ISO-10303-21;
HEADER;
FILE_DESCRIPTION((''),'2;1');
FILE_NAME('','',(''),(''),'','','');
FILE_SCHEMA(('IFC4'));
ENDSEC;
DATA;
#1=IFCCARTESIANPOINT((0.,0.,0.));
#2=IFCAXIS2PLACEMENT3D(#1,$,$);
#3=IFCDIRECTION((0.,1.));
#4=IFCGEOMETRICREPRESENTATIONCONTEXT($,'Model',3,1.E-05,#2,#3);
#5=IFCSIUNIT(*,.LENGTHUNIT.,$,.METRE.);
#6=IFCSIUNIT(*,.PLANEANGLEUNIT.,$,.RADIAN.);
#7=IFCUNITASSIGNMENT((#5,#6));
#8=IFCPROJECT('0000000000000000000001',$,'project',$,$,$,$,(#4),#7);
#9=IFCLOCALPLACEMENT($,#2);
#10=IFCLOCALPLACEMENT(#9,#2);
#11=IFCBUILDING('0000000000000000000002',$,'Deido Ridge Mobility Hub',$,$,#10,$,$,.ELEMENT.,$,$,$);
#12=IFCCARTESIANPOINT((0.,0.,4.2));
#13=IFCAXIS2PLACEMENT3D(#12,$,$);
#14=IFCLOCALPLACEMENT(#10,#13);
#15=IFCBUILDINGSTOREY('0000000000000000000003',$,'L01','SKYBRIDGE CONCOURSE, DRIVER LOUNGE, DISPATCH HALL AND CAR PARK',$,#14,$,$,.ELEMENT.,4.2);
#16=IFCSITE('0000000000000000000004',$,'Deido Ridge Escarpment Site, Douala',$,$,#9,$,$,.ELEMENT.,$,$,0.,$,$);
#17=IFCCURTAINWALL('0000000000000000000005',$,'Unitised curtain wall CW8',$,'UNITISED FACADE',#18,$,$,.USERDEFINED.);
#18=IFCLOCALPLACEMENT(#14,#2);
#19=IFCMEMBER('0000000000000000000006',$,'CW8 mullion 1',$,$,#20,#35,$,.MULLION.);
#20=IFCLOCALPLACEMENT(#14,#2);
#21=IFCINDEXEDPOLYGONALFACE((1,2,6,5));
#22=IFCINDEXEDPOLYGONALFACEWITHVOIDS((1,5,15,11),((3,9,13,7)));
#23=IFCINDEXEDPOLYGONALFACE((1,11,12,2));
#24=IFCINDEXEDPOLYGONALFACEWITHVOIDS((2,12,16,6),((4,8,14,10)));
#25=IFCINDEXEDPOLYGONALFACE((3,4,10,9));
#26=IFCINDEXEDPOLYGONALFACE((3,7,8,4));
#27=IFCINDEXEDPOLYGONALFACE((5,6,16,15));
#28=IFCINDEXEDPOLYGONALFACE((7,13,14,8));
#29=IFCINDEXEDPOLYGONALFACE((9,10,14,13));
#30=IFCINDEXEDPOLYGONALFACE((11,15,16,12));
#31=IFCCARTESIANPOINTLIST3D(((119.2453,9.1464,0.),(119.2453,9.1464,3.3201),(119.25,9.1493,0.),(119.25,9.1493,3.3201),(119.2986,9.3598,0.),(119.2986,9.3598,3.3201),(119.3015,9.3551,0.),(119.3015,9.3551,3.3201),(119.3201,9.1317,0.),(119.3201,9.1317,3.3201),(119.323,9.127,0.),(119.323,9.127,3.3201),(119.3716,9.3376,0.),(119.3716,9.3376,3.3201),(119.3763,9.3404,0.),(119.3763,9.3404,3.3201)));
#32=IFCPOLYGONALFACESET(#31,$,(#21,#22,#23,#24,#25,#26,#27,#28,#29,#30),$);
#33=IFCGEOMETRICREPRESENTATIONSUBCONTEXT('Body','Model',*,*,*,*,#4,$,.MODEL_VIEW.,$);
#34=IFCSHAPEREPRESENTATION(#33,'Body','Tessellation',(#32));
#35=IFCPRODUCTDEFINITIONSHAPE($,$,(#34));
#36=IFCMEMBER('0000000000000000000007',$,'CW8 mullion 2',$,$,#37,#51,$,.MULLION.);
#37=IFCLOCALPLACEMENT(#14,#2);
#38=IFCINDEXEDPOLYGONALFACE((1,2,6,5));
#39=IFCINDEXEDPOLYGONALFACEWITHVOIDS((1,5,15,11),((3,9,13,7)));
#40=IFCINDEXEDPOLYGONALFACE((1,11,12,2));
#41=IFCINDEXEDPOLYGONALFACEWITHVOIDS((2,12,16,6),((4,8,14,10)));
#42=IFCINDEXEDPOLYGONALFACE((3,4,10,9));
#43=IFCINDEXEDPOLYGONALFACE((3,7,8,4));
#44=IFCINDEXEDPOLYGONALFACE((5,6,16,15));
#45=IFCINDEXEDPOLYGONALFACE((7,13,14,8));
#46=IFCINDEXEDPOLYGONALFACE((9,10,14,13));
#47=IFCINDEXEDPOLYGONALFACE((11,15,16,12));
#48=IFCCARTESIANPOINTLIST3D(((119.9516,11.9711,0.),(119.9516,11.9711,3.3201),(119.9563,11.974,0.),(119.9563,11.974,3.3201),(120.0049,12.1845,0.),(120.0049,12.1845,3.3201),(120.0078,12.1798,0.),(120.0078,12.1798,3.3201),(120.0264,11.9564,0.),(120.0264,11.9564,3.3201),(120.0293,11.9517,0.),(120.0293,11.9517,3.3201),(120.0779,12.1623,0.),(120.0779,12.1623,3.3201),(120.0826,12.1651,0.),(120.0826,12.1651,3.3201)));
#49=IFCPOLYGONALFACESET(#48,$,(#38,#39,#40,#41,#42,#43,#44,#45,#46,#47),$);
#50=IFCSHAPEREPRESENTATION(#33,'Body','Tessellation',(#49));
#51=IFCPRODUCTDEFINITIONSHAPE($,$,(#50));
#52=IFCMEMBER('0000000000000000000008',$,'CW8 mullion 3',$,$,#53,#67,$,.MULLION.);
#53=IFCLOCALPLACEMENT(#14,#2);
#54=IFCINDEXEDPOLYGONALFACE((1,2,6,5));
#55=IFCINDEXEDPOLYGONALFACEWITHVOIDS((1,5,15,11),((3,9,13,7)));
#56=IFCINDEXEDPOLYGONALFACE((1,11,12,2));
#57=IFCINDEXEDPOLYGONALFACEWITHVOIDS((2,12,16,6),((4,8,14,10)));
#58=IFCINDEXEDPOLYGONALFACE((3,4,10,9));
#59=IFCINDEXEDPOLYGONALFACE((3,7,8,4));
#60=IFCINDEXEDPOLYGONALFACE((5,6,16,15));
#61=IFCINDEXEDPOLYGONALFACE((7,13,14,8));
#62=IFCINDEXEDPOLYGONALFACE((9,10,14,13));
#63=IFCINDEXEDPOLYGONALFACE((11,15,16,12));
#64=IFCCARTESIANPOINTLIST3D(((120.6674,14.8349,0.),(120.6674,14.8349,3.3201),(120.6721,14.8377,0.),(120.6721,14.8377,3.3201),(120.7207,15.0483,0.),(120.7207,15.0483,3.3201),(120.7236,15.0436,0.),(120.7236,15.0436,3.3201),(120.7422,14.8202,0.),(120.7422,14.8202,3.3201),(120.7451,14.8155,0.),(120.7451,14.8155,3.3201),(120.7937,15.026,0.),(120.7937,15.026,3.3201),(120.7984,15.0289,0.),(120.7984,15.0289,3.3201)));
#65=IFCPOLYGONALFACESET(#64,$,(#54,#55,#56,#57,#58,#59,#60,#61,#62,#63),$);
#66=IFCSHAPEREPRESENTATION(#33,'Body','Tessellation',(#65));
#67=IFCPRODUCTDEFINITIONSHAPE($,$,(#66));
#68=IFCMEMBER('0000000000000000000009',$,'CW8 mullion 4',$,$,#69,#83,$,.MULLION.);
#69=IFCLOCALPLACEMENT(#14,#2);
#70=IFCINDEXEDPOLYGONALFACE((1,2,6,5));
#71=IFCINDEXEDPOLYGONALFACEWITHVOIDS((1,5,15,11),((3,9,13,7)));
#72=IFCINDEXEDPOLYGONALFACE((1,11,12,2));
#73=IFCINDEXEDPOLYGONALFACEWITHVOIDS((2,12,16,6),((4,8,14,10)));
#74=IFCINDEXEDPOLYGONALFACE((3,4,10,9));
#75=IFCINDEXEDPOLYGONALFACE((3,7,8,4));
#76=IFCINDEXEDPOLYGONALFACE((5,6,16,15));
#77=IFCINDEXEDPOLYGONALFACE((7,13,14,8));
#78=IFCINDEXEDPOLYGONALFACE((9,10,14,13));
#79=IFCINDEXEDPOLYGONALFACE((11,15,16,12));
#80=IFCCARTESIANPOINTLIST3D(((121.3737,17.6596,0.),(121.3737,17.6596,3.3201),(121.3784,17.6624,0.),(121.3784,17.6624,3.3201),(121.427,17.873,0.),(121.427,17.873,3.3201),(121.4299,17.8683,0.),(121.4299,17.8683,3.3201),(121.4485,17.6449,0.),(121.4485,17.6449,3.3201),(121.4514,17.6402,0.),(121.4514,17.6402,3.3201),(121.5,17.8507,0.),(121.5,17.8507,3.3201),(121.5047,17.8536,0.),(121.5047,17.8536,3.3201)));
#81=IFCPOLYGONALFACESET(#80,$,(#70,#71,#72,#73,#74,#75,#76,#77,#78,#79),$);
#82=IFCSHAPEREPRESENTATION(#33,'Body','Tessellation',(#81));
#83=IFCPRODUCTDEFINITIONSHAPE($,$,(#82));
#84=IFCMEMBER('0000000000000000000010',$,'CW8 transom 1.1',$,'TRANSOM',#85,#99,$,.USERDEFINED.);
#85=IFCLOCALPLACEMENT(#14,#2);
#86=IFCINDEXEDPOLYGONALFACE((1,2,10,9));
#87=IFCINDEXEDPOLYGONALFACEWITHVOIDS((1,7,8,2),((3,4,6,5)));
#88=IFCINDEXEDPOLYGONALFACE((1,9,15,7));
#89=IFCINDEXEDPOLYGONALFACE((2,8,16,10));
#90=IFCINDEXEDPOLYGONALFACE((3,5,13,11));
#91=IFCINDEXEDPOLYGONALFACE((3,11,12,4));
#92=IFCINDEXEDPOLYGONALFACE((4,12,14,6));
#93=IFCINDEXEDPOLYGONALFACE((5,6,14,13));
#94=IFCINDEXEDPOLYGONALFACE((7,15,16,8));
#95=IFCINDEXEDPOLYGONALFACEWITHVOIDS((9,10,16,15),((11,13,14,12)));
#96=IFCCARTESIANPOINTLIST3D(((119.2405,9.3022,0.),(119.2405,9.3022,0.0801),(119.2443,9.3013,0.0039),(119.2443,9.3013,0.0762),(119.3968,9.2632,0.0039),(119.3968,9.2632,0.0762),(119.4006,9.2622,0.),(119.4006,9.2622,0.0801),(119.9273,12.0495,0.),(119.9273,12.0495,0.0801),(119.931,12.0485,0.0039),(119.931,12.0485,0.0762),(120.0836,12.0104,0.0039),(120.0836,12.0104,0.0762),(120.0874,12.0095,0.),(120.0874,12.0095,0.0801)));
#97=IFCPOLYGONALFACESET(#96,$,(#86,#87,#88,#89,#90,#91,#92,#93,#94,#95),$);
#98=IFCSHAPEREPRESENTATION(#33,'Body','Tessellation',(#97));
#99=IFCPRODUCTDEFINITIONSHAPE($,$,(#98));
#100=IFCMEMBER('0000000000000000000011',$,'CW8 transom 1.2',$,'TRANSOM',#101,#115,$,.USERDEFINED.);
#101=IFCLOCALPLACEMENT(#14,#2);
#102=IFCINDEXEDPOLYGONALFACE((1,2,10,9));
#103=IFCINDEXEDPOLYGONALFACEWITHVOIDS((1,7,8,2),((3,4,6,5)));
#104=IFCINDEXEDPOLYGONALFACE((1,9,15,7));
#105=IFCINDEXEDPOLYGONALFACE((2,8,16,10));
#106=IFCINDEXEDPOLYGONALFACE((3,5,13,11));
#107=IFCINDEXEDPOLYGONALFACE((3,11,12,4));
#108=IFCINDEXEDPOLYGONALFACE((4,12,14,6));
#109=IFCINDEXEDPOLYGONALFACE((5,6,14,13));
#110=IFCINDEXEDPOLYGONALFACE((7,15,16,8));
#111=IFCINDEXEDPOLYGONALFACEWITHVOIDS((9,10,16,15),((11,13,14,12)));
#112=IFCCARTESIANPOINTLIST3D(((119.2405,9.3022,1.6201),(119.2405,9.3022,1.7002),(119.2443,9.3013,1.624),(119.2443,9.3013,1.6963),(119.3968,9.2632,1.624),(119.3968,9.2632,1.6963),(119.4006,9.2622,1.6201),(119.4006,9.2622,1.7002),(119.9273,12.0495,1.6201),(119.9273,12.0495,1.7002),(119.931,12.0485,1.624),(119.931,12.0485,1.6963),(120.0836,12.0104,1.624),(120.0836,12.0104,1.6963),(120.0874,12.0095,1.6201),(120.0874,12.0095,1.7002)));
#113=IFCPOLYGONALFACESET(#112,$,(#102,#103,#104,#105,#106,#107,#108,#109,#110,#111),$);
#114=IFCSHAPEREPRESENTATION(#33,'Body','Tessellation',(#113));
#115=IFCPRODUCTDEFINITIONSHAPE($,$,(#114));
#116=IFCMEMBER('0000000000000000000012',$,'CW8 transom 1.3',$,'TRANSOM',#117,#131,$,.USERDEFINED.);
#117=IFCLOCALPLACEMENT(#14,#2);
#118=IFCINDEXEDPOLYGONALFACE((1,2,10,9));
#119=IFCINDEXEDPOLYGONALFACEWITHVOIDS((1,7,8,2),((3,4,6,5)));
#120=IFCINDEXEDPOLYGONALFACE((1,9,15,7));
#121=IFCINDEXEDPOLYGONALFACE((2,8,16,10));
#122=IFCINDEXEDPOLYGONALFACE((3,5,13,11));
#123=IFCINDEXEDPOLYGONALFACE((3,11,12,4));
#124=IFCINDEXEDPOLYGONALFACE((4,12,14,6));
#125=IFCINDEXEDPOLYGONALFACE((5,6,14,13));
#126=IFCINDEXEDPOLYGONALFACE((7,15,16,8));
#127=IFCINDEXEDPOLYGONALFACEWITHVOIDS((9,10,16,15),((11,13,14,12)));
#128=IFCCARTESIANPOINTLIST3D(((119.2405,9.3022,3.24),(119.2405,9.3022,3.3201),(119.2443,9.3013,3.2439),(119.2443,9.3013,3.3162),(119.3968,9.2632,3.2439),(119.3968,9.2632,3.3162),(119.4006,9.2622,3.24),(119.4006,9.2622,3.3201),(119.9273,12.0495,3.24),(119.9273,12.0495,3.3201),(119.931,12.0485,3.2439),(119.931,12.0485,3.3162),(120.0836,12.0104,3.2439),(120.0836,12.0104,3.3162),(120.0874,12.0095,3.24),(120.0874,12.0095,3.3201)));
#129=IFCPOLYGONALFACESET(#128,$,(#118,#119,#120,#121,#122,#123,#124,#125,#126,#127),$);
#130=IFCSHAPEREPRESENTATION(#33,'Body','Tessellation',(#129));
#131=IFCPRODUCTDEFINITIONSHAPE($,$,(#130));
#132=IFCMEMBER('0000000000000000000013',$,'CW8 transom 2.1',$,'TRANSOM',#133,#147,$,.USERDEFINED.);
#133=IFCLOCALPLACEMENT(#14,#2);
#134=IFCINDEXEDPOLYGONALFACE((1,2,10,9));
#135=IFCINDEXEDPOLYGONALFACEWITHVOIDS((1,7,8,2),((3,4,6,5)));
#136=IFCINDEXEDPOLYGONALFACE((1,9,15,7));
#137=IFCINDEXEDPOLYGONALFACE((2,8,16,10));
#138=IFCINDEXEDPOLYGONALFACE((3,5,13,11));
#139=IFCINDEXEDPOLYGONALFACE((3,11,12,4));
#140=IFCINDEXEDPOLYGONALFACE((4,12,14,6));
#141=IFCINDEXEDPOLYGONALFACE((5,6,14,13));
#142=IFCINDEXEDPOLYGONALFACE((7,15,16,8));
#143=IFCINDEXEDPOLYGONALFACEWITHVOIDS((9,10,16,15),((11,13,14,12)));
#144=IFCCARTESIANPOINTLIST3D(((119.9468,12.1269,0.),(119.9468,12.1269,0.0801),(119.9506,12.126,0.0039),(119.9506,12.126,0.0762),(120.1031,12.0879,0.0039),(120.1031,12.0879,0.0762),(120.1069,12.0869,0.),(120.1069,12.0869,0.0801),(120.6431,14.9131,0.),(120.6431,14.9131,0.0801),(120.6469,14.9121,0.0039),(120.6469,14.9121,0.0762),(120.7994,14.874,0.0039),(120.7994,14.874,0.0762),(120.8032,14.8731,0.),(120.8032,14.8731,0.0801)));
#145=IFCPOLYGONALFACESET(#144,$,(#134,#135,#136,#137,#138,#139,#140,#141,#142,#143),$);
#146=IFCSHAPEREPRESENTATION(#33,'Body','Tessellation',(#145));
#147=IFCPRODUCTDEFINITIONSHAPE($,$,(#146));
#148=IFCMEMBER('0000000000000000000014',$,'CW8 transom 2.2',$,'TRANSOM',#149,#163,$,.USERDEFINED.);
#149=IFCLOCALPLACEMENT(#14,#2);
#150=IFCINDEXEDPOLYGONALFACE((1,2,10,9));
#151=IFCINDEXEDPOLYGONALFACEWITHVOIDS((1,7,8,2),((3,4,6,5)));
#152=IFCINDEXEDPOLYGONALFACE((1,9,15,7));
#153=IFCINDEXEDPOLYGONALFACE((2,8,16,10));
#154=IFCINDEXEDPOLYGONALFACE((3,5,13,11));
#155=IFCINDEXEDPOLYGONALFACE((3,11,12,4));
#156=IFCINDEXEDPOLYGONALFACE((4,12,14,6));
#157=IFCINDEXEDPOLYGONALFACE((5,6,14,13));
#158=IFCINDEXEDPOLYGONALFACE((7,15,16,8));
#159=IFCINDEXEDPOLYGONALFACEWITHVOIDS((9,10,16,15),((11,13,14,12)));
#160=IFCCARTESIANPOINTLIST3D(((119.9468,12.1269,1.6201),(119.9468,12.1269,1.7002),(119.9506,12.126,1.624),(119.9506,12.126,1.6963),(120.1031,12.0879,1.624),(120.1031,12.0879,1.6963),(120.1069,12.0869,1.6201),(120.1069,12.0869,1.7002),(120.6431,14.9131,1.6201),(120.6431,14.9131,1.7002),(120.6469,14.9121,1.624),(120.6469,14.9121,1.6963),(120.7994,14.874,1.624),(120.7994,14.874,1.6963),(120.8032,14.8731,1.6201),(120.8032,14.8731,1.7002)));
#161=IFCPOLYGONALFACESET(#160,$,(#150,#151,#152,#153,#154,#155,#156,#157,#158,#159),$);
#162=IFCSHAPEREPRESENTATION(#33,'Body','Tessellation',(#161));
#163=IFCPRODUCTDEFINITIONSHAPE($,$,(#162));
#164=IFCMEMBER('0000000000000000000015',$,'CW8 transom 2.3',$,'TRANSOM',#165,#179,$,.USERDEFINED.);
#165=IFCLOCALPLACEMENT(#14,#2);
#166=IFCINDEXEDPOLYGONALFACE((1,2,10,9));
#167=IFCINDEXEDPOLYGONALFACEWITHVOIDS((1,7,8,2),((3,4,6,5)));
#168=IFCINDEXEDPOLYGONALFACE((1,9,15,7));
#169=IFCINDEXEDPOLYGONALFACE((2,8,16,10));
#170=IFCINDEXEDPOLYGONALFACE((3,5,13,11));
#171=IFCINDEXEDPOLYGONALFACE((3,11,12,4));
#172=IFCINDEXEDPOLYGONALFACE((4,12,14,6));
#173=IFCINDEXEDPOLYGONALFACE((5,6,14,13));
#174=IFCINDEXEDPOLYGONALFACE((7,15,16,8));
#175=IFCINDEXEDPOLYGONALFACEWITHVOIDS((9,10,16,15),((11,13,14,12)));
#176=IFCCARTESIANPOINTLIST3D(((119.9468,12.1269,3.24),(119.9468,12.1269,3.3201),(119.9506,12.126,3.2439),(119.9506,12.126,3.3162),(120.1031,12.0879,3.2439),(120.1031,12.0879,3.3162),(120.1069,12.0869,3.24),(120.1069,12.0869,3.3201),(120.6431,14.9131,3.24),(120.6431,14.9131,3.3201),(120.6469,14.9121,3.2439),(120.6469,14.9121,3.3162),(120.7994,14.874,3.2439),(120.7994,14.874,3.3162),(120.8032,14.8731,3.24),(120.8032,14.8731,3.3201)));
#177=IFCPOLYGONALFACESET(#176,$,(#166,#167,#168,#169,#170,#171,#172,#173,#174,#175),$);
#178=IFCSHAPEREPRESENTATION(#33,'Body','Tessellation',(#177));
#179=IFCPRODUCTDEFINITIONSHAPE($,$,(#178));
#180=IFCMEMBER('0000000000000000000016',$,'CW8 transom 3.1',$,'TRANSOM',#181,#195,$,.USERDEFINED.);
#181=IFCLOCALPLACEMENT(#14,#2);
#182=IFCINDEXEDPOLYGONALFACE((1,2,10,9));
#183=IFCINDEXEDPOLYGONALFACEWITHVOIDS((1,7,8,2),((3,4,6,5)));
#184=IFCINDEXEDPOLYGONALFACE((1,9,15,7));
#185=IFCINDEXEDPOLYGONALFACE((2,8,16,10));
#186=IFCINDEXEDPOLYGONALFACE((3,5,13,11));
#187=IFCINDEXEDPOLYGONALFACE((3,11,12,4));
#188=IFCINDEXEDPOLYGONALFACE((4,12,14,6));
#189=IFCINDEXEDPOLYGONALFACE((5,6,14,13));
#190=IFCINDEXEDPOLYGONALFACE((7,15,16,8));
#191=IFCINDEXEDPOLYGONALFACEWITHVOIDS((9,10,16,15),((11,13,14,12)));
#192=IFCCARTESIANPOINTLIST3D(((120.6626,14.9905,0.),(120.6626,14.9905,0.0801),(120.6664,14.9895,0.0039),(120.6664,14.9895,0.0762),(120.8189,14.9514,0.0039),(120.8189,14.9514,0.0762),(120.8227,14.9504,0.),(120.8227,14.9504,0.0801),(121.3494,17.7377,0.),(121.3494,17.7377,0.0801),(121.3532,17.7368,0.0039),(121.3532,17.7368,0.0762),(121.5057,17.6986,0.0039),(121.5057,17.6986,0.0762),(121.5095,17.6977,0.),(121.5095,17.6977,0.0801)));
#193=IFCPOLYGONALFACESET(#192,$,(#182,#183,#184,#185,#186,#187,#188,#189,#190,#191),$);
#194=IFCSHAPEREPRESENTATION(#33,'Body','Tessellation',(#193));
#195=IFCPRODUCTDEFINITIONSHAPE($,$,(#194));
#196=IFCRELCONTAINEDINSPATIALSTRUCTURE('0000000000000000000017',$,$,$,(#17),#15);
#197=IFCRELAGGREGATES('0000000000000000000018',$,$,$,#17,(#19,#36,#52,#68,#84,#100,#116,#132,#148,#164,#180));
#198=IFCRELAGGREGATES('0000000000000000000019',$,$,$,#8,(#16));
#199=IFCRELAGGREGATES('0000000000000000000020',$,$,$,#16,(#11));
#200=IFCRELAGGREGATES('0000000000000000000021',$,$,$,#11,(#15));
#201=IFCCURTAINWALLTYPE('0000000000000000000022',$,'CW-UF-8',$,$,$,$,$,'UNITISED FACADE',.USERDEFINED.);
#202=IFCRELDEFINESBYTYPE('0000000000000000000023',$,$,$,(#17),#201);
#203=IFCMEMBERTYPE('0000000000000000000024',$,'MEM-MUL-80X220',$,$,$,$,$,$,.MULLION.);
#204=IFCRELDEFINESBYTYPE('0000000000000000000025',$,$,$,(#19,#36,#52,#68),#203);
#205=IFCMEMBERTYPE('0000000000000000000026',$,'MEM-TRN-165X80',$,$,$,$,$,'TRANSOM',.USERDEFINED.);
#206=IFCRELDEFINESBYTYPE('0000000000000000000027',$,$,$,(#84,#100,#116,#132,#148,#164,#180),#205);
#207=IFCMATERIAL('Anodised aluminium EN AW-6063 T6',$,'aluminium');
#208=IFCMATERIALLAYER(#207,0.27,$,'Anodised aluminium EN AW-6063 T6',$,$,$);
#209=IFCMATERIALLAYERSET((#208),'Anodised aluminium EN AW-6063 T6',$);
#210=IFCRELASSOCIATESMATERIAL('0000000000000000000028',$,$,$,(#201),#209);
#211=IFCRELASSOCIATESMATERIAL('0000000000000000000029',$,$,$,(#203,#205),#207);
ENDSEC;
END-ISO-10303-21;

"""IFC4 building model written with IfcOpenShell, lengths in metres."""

from ifc_helpers import new_model, si_unit, direction, frame, origin, origin_2d, place, context, subcontext, project, spatial, hollow_rectangle, extrude, material, layer, layer_set, material_profile, profile_set, type_object, element, aggregate, save


model = new_model("IFC4")

# Units and contexts
model_context = context("Model", 3, precision=1e-05, world=origin(), true_north=direction((0.0, 1.0)))
body_context = subcontext(model_context, "Body", "Model", "MODEL_VIEW")
ifc_project = project(units=[si_unit("LENGTHUNIT", "METRE"), si_unit("PLANEANGLEUNIT", "RADIAN")], contexts=[model_context])

# Site, building, storey
site_placement = place(None, origin())
site = spatial("IfcSite", under=ifc_project, at=site_placement, Name="Deido Ridge Escarpment Site, Douala", CompositionType="ELEMENT", RefElevation=0.0)
building_placement = place(site_placement, origin())
building = spatial("IfcBuilding", under=site, at=building_placement, Name="Deido Ridge Mobility Hub", CompositionType="ELEMENT")
storey_placement = place(building_placement, frame((0.0, 0.0, 4.2)))
storey = spatial("IfcBuildingStorey", under=building, at=storey_placement, Name="L01", Description="SKYBRIDGE CONCOURSE, DRIVER LOUNGE, DISPATCH HALL AND CAR PARK", CompositionType="ELEMENT", Elevation=4.2)

# Curtain wall, members
ifc_material_1 = material(Name="Anodised aluminium EN AW-6063 T6", Category="aluminium")
ifc_layer_1 = layer(ifc_material_1, 0.27, Name="Anodised aluminium EN AW-6063 T6")
ifc_layer_set_1 = layer_set([ifc_layer_1], Name="Anodised aluminium EN AW-6063 T6")
curtain_wall_type = type_object("IfcCurtainWallType", Name="CW-UF-8", ElementType="UNITISED FACADE", PredefinedType="USERDEFINED", material=ifc_layer_set_1)
curtain_wall_placement = place(storey_placement, origin())
curtain_wall = element("IfcCurtainWall", 1, at=curtain_wall_placement, inside=storey, type_object=curtain_wall_type, Name="Unitised curtain wall CW8", ObjectType="UNITISED FACADE", PredefinedType="USERDEFINED")
ifc_material_profile_1 = material_profile(ifc_material_1, hollow_rectangle(XDim=0.0801, YDim=0.22, WallThickness=0.0039, at=origin_2d()), Name="RHS 80x220x4")
ifc_profile_set_1 = profile_set([ifc_material_profile_1], Name="Anodised aluminium EN AW-6063 T6")
member_type_1 = type_object("IfcMemberType", Name="MEM-MUL-80X220", PredefinedType="MULLION", material=ifc_profile_set_1)
member_1_placement = place(storey_placement, frame((119.3108, 9.2434, 0.0), z_axis=(0.0, 0.0, 1.0), x_axis=(-0.970144, 0.24253, 0.0)))
member_1 = element("IfcMember", 2, at=member_1_placement, type_object=member_type_1, Name="CW8 mullion 1", PredefinedType="MULLION", context=body_context, shape_type="SweptSolid", body=[
    extrude(hollow_rectangle(XDim=0.0801, YDim=0.22, WallThickness=0.0039, at=origin_2d()), origin(), (0.0, 0.0, 1.0), 3.3201),
])
member_2_placement = place(storey_placement, frame((120.0171, 12.0681, 0.0), z_axis=(0.0, 0.0, 1.0), x_axis=(-0.970144, 0.24253, 0.0)))
member_2 = element("IfcMember", 3, at=member_2_placement, type_object=member_type_1, Name="CW8 mullion 2", PredefinedType="MULLION", context=body_context, shape_type="SweptSolid", body=[
    extrude(hollow_rectangle(XDim=0.0801, YDim=0.22, WallThickness=0.0039, at=origin_2d()), origin(), (0.0, 0.0, 1.0), 3.3201),
])
member_3_placement = place(storey_placement, frame((120.7329, 14.9319, 0.0), z_axis=(0.0, 0.0, 1.0), x_axis=(-0.970144, 0.24253, 0.0)))
member_3 = element("IfcMember", 4, at=member_3_placement, type_object=member_type_1, Name="CW8 mullion 3", PredefinedType="MULLION", context=body_context, shape_type="SweptSolid", body=[
    extrude(hollow_rectangle(XDim=0.0801, YDim=0.22, WallThickness=0.0039, at=origin_2d()), origin(), (0.0, 0.0, 1.0), 3.3201),
])
member_4_placement = place(storey_placement, frame((121.4392, 17.7566, 0.0), z_axis=(0.0, 0.0, 1.0), x_axis=(-0.970144, 0.24253, 0.0)))
member_4 = element("IfcMember", 5, at=member_4_placement, type_object=member_type_1, Name="CW8 mullion 4", PredefinedType="MULLION", context=body_context, shape_type="SweptSolid", body=[
    extrude(hollow_rectangle(XDim=0.0801, YDim=0.22, WallThickness=0.0039, at=origin_2d()), origin(), (0.0, 0.0, 1.0), 3.3201),
])
ifc_material_profile_2 = material_profile(ifc_material_1, hollow_rectangle(XDim=0.165, YDim=0.0801, WallThickness=0.0039, at=origin_2d()), Name="RHS 165x80x4")
ifc_profile_set_2 = profile_set([ifc_material_profile_2], Name="Anodised aluminium EN AW-6063 T6")
member_type_2 = type_object("IfcMemberType", Name="MEM-TRN-165X80", ElementType="TRANSOM", PredefinedType="USERDEFINED", material=ifc_profile_set_2)
member_5_placement = place(storey_placement, frame((119.3206, 9.2822, 0.04), z_axis=(0.242515, 0.970148, 0.0), x_axis=(-0.970148, 0.242515, 0.0)))
member_5 = element("IfcMember", 6, at=member_5_placement, type_object=member_type_2, Name="CW8 transom 1.1", ObjectType="TRANSOM", PredefinedType="USERDEFINED", context=body_context, shape_type="SweptSolid", body=[
    extrude(hollow_rectangle(XDim=0.165, YDim=0.0801, WallThickness=0.0039, at=origin_2d()), origin(), (0.0, 0.0, 1.0), 2.8318),
])
member_6_placement = place(storey_placement, frame((119.3206, 9.2822, 1.6602), z_axis=(0.242515, 0.970148, 0.0), x_axis=(-0.970148, 0.242515, 0.0)))
member_6 = element("IfcMember", 7, at=member_6_placement, type_object=member_type_2, Name="CW8 transom 1.2", ObjectType="TRANSOM", PredefinedType="USERDEFINED", context=body_context, shape_type="SweptSolid", body=[
    extrude(hollow_rectangle(XDim=0.165, YDim=0.0801, WallThickness=0.0039, at=origin_2d()), origin(), (0.0, 0.0, 1.0), 2.8318),
])
member_7_placement = place(storey_placement, frame((119.3206, 9.2822, 3.28), z_axis=(0.242515, 0.970148, 0.0), x_axis=(-0.970148, 0.242515, 0.0)))
member_7 = element("IfcMember", 8, at=member_7_placement, type_object=member_type_2, Name="CW8 transom 1.3", ObjectType="TRANSOM", PredefinedType="USERDEFINED", context=body_context, shape_type="SweptSolid", body=[
    extrude(hollow_rectangle(XDim=0.165, YDim=0.0801, WallThickness=0.0039, at=origin_2d()), origin(), (0.0, 0.0, 1.0), 2.8318),
])
member_8_placement = place(storey_placement, frame((120.0269, 12.1069, 0.04), z_axis=(0.242456, 0.970162, 0.0), x_axis=(-0.970162, 0.242456, 0.0)))
member_8 = element("IfcMember", 9, at=member_8_placement, type_object=member_type_2, Name="CW8 transom 2.1", ObjectType="TRANSOM", PredefinedType="USERDEFINED", context=body_context, shape_type="SweptSolid", body=[
    extrude(hollow_rectangle(XDim=0.165, YDim=0.0801, WallThickness=0.0039, at=origin_2d()), origin(), (0.0, 0.0, 1.0), 2.8718),
])
member_9_placement = place(storey_placement, frame((120.0269, 12.1069, 1.6602), z_axis=(0.242456, 0.970162, 0.0), x_axis=(-0.970162, 0.242456, 0.0)))
member_9 = element("IfcMember", 10, at=member_9_placement, type_object=member_type_2, Name="CW8 transom 2.2", ObjectType="TRANSOM", PredefinedType="USERDEFINED", context=body_context, shape_type="SweptSolid", body=[
    extrude(hollow_rectangle(XDim=0.165, YDim=0.0801, WallThickness=0.0039, at=origin_2d()), origin(), (0.0, 0.0, 1.0), 2.8718),
])
member_10_placement = place(storey_placement, frame((120.0269, 12.1069, 3.28), z_axis=(0.242456, 0.970162, 0.0), x_axis=(-0.970162, 0.242456, 0.0)))
member_10 = element("IfcMember", 11, at=member_10_placement, type_object=member_type_2, Name="CW8 transom 2.3", ObjectType="TRANSOM", PredefinedType="USERDEFINED", context=body_context, shape_type="SweptSolid", body=[
    extrude(hollow_rectangle(XDim=0.165, YDim=0.0801, WallThickness=0.0039, at=origin_2d()), origin(), (0.0, 0.0, 1.0), 2.8718),
])
member_11_placement = place(storey_placement, frame((120.7427, 14.9705, 0.04), z_axis=(0.242515, 0.970148, 0.0), x_axis=(-0.970148, 0.242515, 0.0)))
member_11 = element("IfcMember", 12, at=member_11_placement, type_object=member_type_2, Name="CW8 transom 3.1", ObjectType="TRANSOM", PredefinedType="USERDEFINED", context=body_context, shape_type="SweptSolid", body=[
    extrude(hollow_rectangle(XDim=0.165, YDim=0.0801, WallThickness=0.0039, at=origin_2d()), origin(), (0.0, 0.0, 1.0), 2.8318),
])
aggregate(curtain_wall, [member_1, member_2, member_3, member_4, member_5, member_6, member_7, member_8, member_9, member_10, member_11])

save(model, "model.ifc")
